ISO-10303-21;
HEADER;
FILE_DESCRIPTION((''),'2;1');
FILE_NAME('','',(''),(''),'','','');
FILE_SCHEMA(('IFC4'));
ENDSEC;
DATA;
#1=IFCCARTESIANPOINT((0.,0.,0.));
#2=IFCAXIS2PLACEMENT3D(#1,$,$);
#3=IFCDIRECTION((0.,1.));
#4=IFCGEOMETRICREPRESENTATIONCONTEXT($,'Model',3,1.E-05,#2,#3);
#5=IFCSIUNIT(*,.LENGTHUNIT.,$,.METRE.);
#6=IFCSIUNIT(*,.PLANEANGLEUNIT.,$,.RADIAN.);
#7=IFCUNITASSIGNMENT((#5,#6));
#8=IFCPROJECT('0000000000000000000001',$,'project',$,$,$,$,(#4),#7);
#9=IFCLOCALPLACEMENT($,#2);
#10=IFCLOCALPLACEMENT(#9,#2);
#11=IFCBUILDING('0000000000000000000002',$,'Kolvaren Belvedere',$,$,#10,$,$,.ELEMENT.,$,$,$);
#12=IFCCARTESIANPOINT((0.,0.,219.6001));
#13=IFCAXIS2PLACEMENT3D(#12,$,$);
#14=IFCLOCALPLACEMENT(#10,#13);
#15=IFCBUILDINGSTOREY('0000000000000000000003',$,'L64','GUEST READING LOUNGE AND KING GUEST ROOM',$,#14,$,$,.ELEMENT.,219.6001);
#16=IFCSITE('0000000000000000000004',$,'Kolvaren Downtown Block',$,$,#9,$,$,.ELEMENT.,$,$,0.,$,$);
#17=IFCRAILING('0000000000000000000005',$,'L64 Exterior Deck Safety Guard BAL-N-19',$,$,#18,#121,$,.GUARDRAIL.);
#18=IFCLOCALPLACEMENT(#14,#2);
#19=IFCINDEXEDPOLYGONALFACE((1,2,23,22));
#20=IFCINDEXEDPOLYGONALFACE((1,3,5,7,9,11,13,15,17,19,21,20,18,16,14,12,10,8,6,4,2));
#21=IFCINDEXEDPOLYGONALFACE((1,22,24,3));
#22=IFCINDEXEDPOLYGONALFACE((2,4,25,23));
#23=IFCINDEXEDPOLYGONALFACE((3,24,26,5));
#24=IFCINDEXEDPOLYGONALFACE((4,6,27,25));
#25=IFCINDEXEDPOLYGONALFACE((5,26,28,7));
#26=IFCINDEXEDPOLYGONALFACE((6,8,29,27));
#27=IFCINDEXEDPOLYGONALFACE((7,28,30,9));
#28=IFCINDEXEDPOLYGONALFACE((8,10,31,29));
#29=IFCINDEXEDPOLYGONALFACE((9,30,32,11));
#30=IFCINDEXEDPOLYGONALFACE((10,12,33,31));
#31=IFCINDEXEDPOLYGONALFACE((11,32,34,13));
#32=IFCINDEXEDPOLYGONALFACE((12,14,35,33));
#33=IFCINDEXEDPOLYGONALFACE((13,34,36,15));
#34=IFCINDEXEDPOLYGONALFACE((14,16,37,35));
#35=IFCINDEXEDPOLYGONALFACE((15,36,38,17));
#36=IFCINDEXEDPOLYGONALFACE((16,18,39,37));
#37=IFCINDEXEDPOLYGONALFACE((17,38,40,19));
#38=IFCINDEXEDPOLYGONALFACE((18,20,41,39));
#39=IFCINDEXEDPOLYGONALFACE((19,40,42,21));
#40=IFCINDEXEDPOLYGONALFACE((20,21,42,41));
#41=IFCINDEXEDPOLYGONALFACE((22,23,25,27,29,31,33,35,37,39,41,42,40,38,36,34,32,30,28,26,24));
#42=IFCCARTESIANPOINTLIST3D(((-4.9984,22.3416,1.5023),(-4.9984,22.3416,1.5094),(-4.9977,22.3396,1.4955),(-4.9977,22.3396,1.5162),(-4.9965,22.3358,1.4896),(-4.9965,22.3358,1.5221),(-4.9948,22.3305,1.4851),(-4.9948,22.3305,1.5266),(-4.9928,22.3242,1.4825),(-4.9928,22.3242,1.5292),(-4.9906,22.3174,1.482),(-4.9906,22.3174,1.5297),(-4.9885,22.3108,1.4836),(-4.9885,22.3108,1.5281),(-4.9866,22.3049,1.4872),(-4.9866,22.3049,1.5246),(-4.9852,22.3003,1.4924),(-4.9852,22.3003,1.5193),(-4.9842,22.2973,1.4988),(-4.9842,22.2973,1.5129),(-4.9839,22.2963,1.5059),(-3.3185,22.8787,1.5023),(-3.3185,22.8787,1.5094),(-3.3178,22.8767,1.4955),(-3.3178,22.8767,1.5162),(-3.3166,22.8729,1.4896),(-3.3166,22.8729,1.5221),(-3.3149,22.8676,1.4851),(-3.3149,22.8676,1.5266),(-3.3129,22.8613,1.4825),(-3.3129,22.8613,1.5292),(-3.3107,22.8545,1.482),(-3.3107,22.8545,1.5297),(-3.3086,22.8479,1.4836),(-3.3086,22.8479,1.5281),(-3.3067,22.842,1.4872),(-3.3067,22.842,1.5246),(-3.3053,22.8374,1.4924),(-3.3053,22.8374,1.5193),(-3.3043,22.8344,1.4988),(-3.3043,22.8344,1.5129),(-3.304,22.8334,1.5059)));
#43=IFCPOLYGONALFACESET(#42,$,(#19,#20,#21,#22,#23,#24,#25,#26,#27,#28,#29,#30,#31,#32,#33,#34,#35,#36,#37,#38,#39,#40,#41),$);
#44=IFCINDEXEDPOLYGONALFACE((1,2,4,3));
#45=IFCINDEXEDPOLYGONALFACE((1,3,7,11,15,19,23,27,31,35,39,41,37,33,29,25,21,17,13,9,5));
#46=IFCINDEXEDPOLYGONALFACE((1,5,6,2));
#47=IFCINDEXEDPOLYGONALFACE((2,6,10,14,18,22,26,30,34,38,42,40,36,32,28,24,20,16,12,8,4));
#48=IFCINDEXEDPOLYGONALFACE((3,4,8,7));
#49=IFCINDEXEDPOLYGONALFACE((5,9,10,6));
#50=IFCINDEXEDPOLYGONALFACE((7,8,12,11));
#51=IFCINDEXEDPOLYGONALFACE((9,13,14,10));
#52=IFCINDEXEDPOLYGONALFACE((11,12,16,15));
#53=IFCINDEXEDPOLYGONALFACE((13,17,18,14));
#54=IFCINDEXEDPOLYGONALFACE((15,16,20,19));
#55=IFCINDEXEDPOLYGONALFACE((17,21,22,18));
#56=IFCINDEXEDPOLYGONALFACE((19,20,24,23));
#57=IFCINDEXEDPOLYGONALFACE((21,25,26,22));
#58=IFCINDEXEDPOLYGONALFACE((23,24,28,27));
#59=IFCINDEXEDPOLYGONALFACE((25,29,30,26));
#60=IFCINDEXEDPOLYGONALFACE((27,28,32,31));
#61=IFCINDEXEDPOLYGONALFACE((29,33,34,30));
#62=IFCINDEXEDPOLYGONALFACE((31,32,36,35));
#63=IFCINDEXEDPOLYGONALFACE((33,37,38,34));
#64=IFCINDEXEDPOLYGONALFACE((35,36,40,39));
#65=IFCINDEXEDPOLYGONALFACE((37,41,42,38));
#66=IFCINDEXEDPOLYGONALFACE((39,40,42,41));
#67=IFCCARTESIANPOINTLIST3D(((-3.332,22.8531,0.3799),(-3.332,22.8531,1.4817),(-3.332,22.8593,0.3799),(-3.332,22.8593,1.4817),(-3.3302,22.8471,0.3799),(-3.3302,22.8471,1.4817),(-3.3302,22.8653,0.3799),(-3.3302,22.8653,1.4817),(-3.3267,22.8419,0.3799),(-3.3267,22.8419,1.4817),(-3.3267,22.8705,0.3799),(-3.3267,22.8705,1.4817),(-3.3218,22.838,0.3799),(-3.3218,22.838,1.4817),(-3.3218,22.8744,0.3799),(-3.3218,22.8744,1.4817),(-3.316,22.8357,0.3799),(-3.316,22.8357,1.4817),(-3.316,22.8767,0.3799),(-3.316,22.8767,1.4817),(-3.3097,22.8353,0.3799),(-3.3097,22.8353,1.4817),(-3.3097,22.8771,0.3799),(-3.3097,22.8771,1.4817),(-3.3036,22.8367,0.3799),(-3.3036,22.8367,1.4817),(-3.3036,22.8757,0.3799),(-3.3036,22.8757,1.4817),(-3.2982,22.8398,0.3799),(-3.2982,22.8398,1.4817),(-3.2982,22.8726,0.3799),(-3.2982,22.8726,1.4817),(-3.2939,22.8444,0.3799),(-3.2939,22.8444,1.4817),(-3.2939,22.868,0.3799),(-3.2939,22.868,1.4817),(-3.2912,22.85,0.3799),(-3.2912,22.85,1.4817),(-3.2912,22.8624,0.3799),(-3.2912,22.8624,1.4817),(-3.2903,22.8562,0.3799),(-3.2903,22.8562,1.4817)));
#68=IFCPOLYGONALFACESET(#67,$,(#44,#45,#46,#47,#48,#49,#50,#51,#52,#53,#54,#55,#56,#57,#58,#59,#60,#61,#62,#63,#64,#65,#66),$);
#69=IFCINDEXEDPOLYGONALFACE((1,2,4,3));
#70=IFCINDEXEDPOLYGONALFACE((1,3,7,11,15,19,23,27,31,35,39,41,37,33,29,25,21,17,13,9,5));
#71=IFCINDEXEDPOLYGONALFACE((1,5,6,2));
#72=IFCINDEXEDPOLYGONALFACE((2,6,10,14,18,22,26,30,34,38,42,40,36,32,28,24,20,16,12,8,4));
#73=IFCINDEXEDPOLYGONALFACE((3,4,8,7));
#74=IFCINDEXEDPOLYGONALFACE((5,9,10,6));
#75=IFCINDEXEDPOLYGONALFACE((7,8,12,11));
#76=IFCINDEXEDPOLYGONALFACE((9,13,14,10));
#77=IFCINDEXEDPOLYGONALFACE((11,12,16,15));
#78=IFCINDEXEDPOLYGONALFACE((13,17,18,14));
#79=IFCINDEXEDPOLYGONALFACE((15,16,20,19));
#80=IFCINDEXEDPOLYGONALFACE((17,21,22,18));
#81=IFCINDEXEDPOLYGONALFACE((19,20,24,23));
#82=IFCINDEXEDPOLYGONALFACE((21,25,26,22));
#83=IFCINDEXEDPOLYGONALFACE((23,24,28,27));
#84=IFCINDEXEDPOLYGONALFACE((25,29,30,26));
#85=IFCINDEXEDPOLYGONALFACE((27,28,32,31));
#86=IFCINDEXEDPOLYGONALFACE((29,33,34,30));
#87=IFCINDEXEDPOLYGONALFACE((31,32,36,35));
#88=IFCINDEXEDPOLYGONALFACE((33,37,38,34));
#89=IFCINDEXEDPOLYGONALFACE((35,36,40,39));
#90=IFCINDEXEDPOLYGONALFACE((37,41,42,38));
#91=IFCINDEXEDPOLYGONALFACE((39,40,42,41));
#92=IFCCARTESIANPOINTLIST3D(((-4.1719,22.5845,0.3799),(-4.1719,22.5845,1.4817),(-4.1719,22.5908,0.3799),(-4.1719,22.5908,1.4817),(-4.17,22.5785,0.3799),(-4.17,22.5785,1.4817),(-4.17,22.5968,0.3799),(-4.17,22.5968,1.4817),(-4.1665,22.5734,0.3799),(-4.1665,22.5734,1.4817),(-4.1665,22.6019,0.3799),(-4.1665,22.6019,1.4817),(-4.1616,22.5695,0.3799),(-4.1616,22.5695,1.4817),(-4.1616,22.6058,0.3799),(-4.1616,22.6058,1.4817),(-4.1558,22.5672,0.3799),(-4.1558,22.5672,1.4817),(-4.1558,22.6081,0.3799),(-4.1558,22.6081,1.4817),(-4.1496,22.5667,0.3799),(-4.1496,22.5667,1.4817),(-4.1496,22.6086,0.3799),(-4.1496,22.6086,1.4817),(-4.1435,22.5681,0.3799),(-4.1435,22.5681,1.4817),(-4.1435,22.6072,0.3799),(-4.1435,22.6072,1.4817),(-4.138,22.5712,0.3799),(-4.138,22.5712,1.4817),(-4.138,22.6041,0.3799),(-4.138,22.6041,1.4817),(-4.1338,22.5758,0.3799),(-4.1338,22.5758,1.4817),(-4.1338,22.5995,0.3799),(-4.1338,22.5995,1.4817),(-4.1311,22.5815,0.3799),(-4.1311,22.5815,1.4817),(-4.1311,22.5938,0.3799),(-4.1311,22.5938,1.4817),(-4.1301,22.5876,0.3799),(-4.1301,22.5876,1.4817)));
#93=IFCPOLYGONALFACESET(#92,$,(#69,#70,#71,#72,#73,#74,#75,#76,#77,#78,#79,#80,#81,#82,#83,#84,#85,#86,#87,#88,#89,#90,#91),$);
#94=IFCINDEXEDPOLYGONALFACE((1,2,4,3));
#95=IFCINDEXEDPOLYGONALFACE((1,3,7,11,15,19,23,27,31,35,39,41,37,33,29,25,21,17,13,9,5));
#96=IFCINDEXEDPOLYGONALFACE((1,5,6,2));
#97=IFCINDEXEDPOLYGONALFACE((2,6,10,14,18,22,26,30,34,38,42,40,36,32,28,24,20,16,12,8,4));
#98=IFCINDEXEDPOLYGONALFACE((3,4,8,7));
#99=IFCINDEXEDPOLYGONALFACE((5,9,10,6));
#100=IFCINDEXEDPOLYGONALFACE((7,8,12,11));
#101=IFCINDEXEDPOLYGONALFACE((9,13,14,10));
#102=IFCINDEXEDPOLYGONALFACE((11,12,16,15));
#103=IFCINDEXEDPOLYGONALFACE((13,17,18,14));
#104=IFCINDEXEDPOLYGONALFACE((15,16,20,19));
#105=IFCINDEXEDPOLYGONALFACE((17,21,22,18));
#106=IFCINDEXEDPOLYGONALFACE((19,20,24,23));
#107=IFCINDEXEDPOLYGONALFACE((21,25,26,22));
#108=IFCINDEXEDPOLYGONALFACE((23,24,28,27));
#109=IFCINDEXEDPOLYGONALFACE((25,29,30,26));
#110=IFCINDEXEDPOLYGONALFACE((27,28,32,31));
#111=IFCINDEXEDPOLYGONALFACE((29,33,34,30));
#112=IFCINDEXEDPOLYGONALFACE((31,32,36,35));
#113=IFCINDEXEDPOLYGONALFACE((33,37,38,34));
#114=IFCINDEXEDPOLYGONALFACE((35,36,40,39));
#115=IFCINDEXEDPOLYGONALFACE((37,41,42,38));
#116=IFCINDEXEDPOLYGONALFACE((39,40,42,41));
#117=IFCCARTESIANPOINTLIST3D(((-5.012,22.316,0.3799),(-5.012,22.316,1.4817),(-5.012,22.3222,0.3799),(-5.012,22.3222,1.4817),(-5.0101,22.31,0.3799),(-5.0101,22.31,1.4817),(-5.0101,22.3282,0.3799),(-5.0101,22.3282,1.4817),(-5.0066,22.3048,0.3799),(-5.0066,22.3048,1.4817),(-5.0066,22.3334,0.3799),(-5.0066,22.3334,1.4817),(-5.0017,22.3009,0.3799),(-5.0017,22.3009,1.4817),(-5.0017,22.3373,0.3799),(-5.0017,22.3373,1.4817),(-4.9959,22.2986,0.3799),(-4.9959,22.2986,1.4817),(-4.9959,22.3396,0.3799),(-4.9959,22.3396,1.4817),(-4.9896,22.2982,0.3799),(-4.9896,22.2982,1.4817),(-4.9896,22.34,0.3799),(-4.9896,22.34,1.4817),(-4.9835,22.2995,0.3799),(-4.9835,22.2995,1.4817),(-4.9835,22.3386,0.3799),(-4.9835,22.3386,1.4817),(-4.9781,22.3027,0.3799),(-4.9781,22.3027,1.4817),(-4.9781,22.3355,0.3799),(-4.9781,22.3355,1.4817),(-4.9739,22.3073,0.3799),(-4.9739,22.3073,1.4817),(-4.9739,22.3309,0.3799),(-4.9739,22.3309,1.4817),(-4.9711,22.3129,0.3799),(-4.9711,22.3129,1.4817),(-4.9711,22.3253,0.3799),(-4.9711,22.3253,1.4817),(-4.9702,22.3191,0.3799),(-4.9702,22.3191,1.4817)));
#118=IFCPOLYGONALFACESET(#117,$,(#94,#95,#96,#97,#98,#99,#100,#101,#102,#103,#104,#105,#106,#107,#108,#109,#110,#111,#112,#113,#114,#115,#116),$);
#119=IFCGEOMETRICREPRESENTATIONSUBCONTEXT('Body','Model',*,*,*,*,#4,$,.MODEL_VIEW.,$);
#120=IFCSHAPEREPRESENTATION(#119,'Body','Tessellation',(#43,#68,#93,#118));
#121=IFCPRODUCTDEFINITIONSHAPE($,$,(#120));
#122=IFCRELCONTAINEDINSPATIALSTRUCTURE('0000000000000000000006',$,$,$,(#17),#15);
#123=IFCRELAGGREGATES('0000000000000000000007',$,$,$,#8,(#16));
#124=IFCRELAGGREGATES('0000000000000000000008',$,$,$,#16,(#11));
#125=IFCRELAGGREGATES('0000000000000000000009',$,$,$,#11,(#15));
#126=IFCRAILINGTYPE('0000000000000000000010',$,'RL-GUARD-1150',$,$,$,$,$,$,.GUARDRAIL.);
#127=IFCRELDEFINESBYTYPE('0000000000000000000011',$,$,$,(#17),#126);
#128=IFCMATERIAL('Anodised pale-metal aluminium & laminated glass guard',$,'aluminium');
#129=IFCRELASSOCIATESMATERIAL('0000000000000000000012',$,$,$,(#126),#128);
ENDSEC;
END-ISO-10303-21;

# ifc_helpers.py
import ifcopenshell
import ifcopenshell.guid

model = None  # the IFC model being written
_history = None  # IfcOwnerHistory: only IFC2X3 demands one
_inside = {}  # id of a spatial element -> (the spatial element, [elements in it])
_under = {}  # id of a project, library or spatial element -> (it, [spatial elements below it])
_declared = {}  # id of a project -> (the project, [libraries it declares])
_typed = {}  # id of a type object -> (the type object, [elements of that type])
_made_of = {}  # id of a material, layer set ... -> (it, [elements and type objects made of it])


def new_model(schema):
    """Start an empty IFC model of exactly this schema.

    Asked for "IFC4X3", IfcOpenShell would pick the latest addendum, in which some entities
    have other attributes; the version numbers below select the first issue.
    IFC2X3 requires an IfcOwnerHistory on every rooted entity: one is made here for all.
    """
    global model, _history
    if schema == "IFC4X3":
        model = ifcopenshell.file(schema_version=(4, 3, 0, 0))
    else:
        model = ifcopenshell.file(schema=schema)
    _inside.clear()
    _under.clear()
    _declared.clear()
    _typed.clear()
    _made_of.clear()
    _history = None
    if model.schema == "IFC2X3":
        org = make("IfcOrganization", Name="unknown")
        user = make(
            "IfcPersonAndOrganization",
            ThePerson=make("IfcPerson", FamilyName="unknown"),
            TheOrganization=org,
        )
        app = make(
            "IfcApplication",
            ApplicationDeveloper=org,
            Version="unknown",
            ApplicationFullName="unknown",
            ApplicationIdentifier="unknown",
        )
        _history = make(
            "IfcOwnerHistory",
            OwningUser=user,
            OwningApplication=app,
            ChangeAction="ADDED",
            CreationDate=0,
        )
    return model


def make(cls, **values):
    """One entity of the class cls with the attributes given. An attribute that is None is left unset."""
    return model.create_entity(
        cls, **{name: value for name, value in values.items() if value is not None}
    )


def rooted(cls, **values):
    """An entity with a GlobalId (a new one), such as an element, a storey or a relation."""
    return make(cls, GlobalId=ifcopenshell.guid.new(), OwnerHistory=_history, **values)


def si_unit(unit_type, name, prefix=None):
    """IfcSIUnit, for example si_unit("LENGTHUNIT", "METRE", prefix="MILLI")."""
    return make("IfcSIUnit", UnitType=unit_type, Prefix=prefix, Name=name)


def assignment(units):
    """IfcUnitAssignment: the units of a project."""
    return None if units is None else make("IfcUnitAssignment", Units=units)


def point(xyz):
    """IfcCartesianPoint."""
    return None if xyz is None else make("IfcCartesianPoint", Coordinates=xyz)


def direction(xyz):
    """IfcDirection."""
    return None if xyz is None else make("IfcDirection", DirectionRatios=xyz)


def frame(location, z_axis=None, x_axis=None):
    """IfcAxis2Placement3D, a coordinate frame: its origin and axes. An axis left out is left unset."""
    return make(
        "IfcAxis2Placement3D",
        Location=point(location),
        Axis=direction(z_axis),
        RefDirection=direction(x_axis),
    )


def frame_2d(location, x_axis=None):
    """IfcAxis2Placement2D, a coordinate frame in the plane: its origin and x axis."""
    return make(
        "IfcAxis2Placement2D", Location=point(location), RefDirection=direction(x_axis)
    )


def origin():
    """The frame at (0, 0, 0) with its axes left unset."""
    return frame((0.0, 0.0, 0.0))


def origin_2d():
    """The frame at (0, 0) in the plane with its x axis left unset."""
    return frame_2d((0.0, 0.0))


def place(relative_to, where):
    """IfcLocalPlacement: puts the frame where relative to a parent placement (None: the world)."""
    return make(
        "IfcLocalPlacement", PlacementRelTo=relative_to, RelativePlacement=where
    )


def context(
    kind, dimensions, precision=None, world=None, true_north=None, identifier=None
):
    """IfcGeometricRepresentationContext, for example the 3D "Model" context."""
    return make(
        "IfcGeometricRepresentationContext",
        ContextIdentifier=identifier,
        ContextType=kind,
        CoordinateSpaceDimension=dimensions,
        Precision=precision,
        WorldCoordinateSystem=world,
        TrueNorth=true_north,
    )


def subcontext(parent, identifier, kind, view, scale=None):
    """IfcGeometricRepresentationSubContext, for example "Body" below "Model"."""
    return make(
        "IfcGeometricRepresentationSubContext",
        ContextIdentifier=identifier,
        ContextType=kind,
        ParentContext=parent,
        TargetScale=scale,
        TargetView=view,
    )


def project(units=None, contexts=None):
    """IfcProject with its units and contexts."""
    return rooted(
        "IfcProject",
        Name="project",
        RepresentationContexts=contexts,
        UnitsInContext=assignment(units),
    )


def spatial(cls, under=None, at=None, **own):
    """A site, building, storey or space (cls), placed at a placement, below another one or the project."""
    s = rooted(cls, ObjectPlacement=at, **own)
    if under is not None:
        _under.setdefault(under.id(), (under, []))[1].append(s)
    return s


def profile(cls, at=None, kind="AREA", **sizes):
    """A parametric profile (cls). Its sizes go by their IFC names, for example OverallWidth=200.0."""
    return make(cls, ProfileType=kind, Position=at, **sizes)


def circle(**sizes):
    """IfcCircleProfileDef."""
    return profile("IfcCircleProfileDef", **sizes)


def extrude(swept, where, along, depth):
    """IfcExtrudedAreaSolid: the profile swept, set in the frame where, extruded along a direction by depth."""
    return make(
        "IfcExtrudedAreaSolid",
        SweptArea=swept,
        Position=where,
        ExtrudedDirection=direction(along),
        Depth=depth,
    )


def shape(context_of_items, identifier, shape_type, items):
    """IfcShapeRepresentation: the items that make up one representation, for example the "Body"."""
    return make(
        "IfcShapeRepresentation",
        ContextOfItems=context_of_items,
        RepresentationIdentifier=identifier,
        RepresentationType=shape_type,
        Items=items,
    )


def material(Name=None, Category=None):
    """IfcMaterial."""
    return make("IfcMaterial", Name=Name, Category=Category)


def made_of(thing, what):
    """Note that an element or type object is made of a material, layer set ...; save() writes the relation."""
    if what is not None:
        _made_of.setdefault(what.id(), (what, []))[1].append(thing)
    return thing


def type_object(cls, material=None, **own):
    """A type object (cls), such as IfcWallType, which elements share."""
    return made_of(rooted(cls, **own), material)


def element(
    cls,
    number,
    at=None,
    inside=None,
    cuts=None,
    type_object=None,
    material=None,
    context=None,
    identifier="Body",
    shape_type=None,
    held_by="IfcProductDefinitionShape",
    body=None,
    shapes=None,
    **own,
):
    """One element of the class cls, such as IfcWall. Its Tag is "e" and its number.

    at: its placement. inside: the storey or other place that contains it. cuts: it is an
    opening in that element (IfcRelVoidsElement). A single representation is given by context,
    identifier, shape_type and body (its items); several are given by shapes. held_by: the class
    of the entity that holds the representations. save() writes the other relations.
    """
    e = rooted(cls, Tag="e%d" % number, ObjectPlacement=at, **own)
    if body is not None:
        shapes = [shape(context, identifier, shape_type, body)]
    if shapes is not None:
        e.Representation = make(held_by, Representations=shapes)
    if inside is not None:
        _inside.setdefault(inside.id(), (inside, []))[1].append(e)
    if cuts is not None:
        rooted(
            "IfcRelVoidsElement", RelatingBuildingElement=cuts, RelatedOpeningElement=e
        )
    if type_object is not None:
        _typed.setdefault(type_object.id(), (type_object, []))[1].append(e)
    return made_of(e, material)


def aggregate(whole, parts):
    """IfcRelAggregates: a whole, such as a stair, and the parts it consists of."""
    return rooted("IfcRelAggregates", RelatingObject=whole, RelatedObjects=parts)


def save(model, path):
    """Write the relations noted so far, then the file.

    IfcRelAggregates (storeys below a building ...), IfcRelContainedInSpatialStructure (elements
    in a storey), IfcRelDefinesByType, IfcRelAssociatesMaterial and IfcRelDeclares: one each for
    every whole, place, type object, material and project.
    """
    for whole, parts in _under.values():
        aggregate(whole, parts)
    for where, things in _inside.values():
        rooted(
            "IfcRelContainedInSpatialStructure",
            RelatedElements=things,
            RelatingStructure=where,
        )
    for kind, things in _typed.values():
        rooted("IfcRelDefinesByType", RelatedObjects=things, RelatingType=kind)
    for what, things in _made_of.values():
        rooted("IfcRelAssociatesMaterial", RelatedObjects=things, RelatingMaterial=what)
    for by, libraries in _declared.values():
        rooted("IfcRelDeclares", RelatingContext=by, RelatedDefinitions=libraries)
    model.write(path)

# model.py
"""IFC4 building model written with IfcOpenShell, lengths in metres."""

from ifc_helpers import new_model, si_unit, direction, frame, origin, origin_2d, place, context, subcontext, project, spatial, circle, extrude, material, type_object, element, save


model = new_model("IFC4")

# Units and contexts
model_context = context("Model", 3, precision=1e-05, world=origin(), true_north=direction((0.0, 1.0)))
body_context = subcontext(model_context, "Body", "Model", "MODEL_VIEW")
ifc_project = project(units=[si_unit("LENGTHUNIT", "METRE"), si_unit("PLANEANGLEUNIT", "RADIAN")], contexts=[model_context])

# Site, building, storey
site_placement = place(None, origin())
site = spatial("IfcSite", under=ifc_project, at=site_placement, Name="Kolvaren Downtown Block", CompositionType="ELEMENT", RefElevation=0.0)
building_placement = place(site_placement, origin())
building = spatial("IfcBuilding", under=site, at=building_placement, Name="Kolvaren Belvedere", CompositionType="ELEMENT")
storey_placement = place(building_placement, frame((0.0, 0.0, 219.6001)))
storey = spatial("IfcBuildingStorey", under=building, at=storey_placement, Name="L64", Description="GUEST READING LOUNGE AND KING GUEST ROOM", CompositionType="ELEMENT", Elevation=219.6001)

# Railing
ifc_material_1 = material(Name="Anodised pale-metal aluminium & laminated glass guard", Category="aluminium")
railing_type = type_object("IfcRailingType", Name="RL-GUARD-1150", PredefinedType="GUARDRAIL", material=ifc_material_1)
railing_1_placement = place(storey_placement, frame((-3.3113, 22.8562, 0.3799)))
element("IfcRailing", 1, at=railing_1_placement, inside=storey, type_object=railing_type, Name="L64 Exterior Deck Safety Guard BAL-N-19", PredefinedType="GUARDRAIL", context=body_context, shape_type="SweptSolid", body=[
    extrude(circle(Radius=0.0239, at=origin_2d()), frame((0.0, 0.0, 1.126), z_axis=(-0.952501, -0.304535, 0.0), x_axis=(0.304535, -0.952501, 0.0)), (0.0, 0.0, 1.0), 1.7637),
    extrude(circle(Radius=0.021, at=origin_2d()), origin(), (0.0, 0.0, 1.0), 1.1018),
    extrude(circle(Radius=0.021, at=origin_2d()), frame((-0.8398, -0.2686, 0.0)), (0.0, 0.0, 1.0), 1.1018),
    extrude(circle(Radius=0.021, at=origin_2d()), frame((-1.6799, -0.5371, 0.0)), (0.0, 0.0, 1.0), 1.1018),
])

save(model, "model.ifc")
